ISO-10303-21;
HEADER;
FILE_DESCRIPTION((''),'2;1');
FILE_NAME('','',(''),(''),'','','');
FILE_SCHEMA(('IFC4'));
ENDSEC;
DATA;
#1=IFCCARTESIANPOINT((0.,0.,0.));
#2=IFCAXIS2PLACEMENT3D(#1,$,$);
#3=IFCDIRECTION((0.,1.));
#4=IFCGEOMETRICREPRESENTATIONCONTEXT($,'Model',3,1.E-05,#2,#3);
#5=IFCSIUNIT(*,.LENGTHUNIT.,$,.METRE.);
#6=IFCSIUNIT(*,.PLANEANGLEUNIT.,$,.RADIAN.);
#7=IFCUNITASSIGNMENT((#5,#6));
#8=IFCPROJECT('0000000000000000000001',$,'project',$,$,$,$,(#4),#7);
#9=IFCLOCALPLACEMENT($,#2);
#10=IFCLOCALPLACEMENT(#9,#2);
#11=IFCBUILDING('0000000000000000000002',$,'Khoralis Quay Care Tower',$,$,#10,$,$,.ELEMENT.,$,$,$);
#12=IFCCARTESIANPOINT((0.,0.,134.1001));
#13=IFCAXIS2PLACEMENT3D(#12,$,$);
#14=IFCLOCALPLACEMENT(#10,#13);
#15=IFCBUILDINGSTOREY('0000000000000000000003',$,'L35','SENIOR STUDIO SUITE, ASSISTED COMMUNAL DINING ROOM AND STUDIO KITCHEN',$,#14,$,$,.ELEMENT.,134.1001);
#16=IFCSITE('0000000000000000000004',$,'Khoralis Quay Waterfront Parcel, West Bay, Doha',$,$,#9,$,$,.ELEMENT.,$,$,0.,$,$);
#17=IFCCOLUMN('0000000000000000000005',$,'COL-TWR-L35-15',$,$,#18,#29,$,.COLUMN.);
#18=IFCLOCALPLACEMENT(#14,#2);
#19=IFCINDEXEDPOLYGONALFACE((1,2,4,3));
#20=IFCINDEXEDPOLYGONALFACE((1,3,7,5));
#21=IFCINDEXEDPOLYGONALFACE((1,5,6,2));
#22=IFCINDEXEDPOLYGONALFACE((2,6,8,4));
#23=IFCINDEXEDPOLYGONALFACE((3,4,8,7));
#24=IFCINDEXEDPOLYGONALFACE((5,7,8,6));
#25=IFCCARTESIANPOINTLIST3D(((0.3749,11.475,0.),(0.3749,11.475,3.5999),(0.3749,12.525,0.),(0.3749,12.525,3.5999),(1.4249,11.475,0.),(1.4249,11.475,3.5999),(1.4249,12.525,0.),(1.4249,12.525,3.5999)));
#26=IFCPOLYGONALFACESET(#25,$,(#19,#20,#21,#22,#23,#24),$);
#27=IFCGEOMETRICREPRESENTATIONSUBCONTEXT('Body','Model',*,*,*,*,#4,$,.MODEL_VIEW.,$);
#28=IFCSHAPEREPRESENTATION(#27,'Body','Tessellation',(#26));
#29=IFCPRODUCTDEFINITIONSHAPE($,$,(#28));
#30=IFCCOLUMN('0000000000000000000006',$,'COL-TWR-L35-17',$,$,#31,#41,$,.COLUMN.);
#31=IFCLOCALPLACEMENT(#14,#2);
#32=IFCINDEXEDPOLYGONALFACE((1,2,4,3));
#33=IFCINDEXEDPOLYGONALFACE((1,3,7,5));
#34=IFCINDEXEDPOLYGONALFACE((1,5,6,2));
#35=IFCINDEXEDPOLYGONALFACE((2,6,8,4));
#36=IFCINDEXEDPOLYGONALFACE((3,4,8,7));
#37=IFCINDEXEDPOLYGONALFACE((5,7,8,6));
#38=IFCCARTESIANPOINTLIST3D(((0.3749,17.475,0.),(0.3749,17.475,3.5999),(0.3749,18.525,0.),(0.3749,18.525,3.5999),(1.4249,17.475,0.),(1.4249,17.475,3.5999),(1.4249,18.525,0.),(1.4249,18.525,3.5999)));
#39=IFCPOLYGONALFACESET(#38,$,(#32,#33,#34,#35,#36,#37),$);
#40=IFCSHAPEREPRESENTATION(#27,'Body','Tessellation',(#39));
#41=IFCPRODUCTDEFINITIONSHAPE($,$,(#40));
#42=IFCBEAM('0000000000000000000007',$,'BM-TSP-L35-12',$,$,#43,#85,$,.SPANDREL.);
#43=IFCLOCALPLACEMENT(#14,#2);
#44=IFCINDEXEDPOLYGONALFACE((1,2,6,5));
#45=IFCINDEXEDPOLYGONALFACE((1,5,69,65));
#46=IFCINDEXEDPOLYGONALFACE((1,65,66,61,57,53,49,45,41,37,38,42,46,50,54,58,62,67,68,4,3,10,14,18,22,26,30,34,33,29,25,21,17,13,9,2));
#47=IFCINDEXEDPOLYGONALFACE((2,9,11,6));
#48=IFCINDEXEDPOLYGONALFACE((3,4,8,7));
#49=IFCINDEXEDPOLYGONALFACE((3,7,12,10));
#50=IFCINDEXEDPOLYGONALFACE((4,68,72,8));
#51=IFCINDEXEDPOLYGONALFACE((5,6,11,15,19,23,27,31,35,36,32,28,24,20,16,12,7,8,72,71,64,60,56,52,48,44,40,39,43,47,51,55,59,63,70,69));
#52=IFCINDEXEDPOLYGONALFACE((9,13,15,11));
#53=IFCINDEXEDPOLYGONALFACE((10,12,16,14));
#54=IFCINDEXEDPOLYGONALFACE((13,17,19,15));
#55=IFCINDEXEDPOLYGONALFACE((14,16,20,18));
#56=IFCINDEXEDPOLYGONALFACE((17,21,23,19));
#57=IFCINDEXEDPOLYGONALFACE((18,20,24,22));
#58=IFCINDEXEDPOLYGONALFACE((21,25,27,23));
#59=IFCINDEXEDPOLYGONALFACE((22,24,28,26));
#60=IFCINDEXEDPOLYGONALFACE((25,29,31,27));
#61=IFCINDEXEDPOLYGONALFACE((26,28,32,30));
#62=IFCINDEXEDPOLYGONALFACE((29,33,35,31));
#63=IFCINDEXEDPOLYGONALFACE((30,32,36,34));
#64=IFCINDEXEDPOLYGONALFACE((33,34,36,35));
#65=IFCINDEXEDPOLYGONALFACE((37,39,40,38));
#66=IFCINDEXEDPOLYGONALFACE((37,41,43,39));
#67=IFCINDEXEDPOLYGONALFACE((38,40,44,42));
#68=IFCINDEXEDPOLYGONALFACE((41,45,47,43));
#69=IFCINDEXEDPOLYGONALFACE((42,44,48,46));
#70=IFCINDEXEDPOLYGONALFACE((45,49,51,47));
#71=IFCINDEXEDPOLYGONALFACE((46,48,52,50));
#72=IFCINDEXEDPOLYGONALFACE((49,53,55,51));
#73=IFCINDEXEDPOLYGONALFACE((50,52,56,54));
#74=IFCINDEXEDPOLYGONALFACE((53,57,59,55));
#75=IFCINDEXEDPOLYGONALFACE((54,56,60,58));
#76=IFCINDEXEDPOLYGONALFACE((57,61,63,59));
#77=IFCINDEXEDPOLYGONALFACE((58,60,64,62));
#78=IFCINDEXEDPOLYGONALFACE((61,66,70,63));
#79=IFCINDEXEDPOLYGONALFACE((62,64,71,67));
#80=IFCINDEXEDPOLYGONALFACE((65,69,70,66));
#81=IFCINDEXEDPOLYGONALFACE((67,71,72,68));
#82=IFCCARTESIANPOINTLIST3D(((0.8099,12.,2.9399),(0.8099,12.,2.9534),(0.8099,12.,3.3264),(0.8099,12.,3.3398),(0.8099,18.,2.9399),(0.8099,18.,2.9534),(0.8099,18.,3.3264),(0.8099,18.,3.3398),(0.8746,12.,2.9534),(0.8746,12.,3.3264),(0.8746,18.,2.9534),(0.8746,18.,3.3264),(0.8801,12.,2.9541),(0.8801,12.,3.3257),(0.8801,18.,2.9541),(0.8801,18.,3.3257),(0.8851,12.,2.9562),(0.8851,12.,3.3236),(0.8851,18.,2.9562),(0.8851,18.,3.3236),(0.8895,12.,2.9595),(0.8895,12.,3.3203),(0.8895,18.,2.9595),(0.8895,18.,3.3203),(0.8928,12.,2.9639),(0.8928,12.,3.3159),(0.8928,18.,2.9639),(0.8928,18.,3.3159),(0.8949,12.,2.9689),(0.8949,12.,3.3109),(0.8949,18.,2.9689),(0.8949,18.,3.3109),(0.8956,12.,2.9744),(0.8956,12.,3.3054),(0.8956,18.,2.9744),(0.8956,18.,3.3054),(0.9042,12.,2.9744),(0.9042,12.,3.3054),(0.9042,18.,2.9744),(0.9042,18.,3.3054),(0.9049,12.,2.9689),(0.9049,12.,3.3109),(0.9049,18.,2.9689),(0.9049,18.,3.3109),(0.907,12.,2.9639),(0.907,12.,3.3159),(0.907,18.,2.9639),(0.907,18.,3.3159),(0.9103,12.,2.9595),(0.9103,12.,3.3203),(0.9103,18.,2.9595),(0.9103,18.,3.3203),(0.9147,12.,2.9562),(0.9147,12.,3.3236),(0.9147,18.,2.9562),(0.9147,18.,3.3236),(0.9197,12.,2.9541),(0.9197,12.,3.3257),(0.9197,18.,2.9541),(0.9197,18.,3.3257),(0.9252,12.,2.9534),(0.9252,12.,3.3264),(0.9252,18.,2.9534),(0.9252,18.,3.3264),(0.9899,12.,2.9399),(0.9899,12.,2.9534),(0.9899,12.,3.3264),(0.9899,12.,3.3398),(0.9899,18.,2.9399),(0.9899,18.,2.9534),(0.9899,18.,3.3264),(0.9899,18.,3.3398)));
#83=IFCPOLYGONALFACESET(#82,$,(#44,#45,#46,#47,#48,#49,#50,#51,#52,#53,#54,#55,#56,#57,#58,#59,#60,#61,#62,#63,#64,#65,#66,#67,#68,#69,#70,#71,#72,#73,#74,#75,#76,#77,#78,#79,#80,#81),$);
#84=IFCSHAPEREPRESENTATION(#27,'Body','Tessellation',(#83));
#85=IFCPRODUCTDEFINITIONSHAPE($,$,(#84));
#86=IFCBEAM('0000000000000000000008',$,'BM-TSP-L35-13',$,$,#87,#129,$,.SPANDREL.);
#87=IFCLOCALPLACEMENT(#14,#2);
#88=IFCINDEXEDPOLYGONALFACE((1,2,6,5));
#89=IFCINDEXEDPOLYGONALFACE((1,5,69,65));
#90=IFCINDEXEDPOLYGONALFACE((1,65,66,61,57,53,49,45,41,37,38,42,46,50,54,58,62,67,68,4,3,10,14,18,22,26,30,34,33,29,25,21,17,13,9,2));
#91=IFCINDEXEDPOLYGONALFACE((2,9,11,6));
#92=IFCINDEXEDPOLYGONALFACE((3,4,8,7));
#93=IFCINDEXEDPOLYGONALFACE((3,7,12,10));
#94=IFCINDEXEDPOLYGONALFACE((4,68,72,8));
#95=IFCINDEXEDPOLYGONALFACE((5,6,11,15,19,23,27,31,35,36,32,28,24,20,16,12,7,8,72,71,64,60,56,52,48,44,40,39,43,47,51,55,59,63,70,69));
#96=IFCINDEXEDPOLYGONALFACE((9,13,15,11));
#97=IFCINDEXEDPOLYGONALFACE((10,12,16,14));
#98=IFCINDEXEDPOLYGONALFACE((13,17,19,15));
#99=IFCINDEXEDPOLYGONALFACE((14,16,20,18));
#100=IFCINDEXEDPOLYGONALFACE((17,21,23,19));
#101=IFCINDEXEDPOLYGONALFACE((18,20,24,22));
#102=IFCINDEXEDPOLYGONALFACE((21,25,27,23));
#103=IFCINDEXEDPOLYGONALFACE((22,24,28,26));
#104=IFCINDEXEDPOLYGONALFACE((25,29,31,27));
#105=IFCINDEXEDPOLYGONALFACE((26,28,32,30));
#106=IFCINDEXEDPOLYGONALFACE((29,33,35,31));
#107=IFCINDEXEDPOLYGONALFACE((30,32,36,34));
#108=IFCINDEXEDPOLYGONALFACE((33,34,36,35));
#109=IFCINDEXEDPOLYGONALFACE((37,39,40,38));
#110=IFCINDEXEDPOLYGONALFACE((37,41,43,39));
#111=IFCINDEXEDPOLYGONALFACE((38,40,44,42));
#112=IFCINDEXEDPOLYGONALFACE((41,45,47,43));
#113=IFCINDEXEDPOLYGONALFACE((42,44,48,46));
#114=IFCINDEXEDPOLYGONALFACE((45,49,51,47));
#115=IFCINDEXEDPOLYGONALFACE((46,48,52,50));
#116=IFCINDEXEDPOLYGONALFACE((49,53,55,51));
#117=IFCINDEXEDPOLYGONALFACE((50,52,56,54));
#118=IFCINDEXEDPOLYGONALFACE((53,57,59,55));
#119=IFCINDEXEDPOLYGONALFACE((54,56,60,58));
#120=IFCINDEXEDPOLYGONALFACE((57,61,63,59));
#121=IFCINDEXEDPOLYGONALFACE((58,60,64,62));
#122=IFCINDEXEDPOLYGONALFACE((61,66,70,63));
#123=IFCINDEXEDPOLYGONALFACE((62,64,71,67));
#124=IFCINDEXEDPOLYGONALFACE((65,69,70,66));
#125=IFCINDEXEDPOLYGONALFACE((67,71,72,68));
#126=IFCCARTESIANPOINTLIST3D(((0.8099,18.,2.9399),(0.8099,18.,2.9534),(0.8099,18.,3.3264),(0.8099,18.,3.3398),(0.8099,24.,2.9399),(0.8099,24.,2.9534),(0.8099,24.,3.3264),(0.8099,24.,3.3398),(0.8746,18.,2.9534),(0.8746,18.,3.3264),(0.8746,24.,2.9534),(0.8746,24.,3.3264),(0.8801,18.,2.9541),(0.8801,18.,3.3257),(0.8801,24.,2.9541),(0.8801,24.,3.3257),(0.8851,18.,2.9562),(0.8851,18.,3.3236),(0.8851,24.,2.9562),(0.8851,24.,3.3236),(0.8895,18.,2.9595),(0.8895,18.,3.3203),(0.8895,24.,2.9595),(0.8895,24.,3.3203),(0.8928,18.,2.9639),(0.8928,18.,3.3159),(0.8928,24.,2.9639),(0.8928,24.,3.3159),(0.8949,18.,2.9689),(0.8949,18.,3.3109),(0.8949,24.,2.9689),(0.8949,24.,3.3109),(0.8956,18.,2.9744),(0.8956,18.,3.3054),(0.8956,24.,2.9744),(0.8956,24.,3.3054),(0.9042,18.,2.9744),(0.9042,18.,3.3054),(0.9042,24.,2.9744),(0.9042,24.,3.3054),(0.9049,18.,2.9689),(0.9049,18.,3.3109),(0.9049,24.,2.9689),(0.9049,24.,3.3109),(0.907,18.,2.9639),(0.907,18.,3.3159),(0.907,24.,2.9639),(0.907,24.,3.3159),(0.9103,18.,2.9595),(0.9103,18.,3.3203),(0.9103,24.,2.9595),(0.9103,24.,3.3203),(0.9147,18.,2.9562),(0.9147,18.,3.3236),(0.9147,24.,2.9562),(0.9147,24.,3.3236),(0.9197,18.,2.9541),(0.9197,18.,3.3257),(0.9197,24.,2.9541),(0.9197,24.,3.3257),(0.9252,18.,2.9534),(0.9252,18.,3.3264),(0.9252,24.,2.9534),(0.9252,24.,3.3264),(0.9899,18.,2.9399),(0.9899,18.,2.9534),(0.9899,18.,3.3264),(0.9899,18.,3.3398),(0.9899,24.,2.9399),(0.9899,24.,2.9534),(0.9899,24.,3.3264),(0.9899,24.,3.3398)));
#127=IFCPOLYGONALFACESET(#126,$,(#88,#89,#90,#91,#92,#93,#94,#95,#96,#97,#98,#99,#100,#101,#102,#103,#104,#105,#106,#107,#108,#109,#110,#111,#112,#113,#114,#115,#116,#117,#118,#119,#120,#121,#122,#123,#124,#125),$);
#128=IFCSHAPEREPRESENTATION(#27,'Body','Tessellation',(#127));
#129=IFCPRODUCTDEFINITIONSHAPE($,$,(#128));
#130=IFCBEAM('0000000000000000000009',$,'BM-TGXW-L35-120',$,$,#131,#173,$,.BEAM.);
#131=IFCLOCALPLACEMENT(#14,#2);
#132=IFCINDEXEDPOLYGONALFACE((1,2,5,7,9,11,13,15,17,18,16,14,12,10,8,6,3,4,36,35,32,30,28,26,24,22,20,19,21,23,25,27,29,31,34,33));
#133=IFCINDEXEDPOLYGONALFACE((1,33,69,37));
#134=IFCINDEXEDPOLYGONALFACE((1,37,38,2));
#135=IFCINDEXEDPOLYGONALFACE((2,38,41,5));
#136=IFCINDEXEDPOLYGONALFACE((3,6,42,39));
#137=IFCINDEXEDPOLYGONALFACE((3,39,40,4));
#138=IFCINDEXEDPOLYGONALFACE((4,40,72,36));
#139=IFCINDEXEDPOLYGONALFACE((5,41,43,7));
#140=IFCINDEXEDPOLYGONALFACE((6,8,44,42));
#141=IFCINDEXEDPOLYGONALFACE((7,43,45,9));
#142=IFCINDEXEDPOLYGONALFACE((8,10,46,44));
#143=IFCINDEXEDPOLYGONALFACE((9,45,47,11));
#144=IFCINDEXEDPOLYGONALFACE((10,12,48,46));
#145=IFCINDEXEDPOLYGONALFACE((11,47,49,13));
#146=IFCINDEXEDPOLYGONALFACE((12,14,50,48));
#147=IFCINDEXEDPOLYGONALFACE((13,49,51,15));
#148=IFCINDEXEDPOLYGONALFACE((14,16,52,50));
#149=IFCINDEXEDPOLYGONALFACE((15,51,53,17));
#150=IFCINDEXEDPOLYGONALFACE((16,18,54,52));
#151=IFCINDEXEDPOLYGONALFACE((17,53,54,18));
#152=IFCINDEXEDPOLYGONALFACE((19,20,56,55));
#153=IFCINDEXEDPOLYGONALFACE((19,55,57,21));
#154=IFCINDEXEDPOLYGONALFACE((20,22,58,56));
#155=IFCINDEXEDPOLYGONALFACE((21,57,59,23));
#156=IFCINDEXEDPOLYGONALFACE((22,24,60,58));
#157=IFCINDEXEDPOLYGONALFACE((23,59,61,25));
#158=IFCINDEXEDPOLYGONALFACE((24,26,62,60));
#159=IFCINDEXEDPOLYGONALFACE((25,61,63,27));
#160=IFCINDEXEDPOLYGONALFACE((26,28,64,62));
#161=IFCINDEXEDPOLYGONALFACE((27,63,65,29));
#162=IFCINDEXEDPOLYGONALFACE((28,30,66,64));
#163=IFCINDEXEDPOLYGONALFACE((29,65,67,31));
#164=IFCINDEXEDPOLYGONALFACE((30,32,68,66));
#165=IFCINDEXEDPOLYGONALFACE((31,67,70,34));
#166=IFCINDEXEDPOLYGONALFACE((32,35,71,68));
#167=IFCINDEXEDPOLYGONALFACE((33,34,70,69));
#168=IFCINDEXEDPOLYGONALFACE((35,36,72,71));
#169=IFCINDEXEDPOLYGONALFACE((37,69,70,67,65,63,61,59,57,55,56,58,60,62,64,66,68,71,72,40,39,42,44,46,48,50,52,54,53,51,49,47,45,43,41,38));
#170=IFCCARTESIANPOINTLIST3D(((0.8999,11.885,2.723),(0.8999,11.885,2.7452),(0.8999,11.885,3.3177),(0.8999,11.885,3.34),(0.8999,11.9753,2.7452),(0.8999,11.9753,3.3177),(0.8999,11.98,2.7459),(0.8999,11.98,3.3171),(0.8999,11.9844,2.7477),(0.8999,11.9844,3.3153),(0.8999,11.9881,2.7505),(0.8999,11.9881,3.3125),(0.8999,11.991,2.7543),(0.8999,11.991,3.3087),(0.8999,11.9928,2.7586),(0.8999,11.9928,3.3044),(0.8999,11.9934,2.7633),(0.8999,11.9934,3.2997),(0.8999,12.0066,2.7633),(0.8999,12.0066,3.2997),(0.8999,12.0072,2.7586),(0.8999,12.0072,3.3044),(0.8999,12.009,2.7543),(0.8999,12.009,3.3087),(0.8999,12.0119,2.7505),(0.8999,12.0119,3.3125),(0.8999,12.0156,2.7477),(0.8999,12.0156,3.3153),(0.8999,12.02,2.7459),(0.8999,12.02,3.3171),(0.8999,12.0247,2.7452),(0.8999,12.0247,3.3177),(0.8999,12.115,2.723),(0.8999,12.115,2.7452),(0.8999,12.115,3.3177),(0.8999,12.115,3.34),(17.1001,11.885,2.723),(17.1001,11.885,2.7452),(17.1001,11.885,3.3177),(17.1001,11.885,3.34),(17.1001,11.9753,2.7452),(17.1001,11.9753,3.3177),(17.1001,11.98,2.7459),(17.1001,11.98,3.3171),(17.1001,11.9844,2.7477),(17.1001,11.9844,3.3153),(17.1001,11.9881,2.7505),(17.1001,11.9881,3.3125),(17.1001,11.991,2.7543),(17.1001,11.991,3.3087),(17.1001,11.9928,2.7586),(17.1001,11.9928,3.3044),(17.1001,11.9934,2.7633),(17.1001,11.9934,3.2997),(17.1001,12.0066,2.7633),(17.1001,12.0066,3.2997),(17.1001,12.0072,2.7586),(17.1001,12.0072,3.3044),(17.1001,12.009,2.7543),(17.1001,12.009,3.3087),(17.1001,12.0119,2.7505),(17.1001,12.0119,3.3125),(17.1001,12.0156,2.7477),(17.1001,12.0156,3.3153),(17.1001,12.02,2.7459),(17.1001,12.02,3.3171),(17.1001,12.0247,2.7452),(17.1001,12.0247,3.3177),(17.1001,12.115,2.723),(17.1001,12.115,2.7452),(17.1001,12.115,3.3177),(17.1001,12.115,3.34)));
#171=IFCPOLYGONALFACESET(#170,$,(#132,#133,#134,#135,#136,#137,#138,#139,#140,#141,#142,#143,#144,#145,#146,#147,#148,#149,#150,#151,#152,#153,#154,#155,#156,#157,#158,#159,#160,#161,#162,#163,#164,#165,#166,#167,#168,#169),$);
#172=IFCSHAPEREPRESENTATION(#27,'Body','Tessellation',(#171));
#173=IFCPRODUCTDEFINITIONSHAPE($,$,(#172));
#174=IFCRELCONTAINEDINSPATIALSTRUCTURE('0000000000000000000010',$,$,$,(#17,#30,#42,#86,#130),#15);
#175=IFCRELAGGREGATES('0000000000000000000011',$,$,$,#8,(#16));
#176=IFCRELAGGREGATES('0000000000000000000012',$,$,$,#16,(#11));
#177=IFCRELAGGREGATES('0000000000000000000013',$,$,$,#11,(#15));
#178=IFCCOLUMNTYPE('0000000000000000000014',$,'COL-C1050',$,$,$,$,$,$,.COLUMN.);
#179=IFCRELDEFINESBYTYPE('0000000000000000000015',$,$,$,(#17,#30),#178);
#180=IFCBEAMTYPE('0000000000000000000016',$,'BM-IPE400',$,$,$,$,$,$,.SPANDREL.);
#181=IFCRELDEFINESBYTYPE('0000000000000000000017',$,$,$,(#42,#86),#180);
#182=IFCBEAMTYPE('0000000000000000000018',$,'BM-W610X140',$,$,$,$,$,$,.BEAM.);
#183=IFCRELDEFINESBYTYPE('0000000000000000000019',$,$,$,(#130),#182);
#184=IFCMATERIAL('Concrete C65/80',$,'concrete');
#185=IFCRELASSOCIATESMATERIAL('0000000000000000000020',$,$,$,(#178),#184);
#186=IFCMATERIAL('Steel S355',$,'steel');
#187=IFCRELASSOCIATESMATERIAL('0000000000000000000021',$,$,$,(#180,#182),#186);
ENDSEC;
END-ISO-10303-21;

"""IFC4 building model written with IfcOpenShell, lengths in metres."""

from ifc_helpers import new_model, si_unit, direction, frame, origin, origin_2d, place, context, subcontext, project, spatial, rectangle, i_section, extrude, source, transform, mapped, material, material_profile, profile_set, type_object, element, save


model = new_model("IFC4")

# Units and contexts
model_context = context("Model", 3, precision=1e-05, world=origin(), true_north=direction((0.0, 1.0)))
body_context = subcontext(model_context, "Body", "Model", "MODEL_VIEW")
ifc_project = project(units=[si_unit("LENGTHUNIT", "METRE"), si_unit("PLANEANGLEUNIT", "RADIAN")], contexts=[model_context])

# Site, building, storey
site_placement = place(None, origin())
site = spatial("IfcSite", under=ifc_project, at=site_placement, Name="Khoralis Quay Waterfront Parcel, West Bay, Doha", CompositionType="ELEMENT", RefElevation=0.0)
building_placement = place(site_placement, origin())
building = spatial("IfcBuilding", under=site, at=building_placement, Name="Khoralis Quay Care Tower", CompositionType="ELEMENT")
storey_placement = place(building_placement, frame((0.0, 0.0, 134.1001)))
storey = spatial("IfcBuildingStorey", under=building, at=storey_placement, Name="L35", Description="SENIOR STUDIO SUITE, ASSISTED COMMUNAL DINING ROOM AND STUDIO KITCHEN", CompositionType="ELEMENT", Elevation=134.1001)

# Columns
ifc_material_1 = material(Name="Concrete C65/80", Category="concrete")
ifc_material_profile_1 = material_profile(ifc_material_1, rectangle(XDim=1.05, YDim=1.05, at=origin_2d()), Name="Concrete C65/80")
ifc_profile_set_1 = profile_set([ifc_material_profile_1], Name="Concrete C65/80")
column_type = type_object("IfcColumnType", Name="COL-C1050", PredefinedType="COLUMN", material=ifc_profile_set_1)
shared_shape_1 = source(origin(), body_context, "Body", "SweptSolid", [
    extrude(rectangle(XDim=1.05, YDim=1.05, at=origin_2d()), origin(), (0.0, 0.0, 1.0), 3.5999),
])
for number, where, z_axis, x_axis, name in (
    (1, (0.8999, 12.0, 0.0), (0.0, 0.0, 1.0), (1.0, 0.0, 0.0), "COL-TWR-L35-15"),
    (2, (0.8999, 18.0, 0.0), (0.0, 0.0, 1.0), (1.0, 0.0, 0.0), "COL-TWR-L35-17"),
):
    element("IfcColumn", number, at=place(storey_placement, frame(where, z_axis=z_axis, x_axis=x_axis)), inside=storey, type_object=column_type, Name=name, PredefinedType="COLUMN", context=body_context, shape_type="MappedRepresentation", body=[
        mapped(shared_shape_1, transform((0.0, 0.0, 0.0), scale=1.0)),
    ])

# Beams
ifc_material_2 = material(Name="Steel S355", Category="steel")
ifc_material_profile_2 = material_profile(ifc_material_2, i_section(OverallWidth=0.1799, OverallDepth=0.3999, WebThickness=0.0085, FlangeThickness=0.0134, FilletRadius=0.021, at=origin_2d()), Name="Steel S355")
ifc_profile_set_2 = profile_set([ifc_material_profile_2], Name="Steel S355")
beam_type_1 = type_object("IfcBeamType", Name="BM-IPE400", PredefinedType="SPANDREL", material=ifc_profile_set_2)
shared_shape_2 = source(origin(), body_context, "Body", "SweptSolid", [
    extrude(i_section(OverallWidth=0.1799, OverallDepth=0.3999, WebThickness=0.0085, FlangeThickness=0.0134, FilletRadius=0.021, at=origin_2d()), origin(), (0.0, 0.0, 1.0), 6.0),
])
for number, where, z_axis, x_axis, name in (
    (3, (0.8999, 12.0, 3.1399), (0.0, 1.0, 0.0), (-1.0, 0.0, 0.0), "BM-TSP-L35-12"),
    (4, (0.8999, 18.0, 3.1399), (0.0, 1.0, 0.0), (-1.0, 0.0, 0.0), "BM-TSP-L35-13"),
):
    element("IfcBeam", number, at=place(storey_placement, frame(where, z_axis=z_axis, x_axis=x_axis)), inside=storey, type_object=beam_type_1, Name=name, PredefinedType="SPANDREL", context=body_context, shape_type="MappedRepresentation", body=[
        mapped(shared_shape_2, transform((0.0, 0.0, 0.0), scale=1.0)),
    ])
ifc_material_profile_3 = material_profile(ifc_material_2, i_section(OverallWidth=0.23, OverallDepth=0.6169, WebThickness=0.0132, FlangeThickness=0.0222, FilletRadius=0.0181, at=origin_2d()), Name="Steel S355")
ifc_profile_set_3 = profile_set([ifc_material_profile_3], Name="Steel S355")
beam_type_2 = type_object("IfcBeamType", Name="BM-W610X140", PredefinedType="BEAM", material=ifc_profile_set_3)
shared_shape_3 = source(origin(), body_context, "Body", "SweptSolid", [
    extrude(i_section(OverallWidth=0.23, OverallDepth=0.6169, WebThickness=0.0132, FlangeThickness=0.0222, FilletRadius=0.0181, at=origin_2d()), origin(), (0.0, 0.0, 1.0), 16.2002),
])
beam_1_placement = place(storey_placement, frame((0.8999, 12.0, 3.0315), z_axis=(1.0, 0.0, 0.0), x_axis=(0.0, 1.0, 0.0)))
element("IfcBeam", 5, at=beam_1_placement, inside=storey, type_object=beam_type_2, Name="BM-TGXW-L35-120", PredefinedType="BEAM", context=body_context, shape_type="MappedRepresentation", body=[
    mapped(shared_shape_3, transform((0.0, 0.0, 0.0), scale=1.0)),
])

save(model, "model.ifc")
